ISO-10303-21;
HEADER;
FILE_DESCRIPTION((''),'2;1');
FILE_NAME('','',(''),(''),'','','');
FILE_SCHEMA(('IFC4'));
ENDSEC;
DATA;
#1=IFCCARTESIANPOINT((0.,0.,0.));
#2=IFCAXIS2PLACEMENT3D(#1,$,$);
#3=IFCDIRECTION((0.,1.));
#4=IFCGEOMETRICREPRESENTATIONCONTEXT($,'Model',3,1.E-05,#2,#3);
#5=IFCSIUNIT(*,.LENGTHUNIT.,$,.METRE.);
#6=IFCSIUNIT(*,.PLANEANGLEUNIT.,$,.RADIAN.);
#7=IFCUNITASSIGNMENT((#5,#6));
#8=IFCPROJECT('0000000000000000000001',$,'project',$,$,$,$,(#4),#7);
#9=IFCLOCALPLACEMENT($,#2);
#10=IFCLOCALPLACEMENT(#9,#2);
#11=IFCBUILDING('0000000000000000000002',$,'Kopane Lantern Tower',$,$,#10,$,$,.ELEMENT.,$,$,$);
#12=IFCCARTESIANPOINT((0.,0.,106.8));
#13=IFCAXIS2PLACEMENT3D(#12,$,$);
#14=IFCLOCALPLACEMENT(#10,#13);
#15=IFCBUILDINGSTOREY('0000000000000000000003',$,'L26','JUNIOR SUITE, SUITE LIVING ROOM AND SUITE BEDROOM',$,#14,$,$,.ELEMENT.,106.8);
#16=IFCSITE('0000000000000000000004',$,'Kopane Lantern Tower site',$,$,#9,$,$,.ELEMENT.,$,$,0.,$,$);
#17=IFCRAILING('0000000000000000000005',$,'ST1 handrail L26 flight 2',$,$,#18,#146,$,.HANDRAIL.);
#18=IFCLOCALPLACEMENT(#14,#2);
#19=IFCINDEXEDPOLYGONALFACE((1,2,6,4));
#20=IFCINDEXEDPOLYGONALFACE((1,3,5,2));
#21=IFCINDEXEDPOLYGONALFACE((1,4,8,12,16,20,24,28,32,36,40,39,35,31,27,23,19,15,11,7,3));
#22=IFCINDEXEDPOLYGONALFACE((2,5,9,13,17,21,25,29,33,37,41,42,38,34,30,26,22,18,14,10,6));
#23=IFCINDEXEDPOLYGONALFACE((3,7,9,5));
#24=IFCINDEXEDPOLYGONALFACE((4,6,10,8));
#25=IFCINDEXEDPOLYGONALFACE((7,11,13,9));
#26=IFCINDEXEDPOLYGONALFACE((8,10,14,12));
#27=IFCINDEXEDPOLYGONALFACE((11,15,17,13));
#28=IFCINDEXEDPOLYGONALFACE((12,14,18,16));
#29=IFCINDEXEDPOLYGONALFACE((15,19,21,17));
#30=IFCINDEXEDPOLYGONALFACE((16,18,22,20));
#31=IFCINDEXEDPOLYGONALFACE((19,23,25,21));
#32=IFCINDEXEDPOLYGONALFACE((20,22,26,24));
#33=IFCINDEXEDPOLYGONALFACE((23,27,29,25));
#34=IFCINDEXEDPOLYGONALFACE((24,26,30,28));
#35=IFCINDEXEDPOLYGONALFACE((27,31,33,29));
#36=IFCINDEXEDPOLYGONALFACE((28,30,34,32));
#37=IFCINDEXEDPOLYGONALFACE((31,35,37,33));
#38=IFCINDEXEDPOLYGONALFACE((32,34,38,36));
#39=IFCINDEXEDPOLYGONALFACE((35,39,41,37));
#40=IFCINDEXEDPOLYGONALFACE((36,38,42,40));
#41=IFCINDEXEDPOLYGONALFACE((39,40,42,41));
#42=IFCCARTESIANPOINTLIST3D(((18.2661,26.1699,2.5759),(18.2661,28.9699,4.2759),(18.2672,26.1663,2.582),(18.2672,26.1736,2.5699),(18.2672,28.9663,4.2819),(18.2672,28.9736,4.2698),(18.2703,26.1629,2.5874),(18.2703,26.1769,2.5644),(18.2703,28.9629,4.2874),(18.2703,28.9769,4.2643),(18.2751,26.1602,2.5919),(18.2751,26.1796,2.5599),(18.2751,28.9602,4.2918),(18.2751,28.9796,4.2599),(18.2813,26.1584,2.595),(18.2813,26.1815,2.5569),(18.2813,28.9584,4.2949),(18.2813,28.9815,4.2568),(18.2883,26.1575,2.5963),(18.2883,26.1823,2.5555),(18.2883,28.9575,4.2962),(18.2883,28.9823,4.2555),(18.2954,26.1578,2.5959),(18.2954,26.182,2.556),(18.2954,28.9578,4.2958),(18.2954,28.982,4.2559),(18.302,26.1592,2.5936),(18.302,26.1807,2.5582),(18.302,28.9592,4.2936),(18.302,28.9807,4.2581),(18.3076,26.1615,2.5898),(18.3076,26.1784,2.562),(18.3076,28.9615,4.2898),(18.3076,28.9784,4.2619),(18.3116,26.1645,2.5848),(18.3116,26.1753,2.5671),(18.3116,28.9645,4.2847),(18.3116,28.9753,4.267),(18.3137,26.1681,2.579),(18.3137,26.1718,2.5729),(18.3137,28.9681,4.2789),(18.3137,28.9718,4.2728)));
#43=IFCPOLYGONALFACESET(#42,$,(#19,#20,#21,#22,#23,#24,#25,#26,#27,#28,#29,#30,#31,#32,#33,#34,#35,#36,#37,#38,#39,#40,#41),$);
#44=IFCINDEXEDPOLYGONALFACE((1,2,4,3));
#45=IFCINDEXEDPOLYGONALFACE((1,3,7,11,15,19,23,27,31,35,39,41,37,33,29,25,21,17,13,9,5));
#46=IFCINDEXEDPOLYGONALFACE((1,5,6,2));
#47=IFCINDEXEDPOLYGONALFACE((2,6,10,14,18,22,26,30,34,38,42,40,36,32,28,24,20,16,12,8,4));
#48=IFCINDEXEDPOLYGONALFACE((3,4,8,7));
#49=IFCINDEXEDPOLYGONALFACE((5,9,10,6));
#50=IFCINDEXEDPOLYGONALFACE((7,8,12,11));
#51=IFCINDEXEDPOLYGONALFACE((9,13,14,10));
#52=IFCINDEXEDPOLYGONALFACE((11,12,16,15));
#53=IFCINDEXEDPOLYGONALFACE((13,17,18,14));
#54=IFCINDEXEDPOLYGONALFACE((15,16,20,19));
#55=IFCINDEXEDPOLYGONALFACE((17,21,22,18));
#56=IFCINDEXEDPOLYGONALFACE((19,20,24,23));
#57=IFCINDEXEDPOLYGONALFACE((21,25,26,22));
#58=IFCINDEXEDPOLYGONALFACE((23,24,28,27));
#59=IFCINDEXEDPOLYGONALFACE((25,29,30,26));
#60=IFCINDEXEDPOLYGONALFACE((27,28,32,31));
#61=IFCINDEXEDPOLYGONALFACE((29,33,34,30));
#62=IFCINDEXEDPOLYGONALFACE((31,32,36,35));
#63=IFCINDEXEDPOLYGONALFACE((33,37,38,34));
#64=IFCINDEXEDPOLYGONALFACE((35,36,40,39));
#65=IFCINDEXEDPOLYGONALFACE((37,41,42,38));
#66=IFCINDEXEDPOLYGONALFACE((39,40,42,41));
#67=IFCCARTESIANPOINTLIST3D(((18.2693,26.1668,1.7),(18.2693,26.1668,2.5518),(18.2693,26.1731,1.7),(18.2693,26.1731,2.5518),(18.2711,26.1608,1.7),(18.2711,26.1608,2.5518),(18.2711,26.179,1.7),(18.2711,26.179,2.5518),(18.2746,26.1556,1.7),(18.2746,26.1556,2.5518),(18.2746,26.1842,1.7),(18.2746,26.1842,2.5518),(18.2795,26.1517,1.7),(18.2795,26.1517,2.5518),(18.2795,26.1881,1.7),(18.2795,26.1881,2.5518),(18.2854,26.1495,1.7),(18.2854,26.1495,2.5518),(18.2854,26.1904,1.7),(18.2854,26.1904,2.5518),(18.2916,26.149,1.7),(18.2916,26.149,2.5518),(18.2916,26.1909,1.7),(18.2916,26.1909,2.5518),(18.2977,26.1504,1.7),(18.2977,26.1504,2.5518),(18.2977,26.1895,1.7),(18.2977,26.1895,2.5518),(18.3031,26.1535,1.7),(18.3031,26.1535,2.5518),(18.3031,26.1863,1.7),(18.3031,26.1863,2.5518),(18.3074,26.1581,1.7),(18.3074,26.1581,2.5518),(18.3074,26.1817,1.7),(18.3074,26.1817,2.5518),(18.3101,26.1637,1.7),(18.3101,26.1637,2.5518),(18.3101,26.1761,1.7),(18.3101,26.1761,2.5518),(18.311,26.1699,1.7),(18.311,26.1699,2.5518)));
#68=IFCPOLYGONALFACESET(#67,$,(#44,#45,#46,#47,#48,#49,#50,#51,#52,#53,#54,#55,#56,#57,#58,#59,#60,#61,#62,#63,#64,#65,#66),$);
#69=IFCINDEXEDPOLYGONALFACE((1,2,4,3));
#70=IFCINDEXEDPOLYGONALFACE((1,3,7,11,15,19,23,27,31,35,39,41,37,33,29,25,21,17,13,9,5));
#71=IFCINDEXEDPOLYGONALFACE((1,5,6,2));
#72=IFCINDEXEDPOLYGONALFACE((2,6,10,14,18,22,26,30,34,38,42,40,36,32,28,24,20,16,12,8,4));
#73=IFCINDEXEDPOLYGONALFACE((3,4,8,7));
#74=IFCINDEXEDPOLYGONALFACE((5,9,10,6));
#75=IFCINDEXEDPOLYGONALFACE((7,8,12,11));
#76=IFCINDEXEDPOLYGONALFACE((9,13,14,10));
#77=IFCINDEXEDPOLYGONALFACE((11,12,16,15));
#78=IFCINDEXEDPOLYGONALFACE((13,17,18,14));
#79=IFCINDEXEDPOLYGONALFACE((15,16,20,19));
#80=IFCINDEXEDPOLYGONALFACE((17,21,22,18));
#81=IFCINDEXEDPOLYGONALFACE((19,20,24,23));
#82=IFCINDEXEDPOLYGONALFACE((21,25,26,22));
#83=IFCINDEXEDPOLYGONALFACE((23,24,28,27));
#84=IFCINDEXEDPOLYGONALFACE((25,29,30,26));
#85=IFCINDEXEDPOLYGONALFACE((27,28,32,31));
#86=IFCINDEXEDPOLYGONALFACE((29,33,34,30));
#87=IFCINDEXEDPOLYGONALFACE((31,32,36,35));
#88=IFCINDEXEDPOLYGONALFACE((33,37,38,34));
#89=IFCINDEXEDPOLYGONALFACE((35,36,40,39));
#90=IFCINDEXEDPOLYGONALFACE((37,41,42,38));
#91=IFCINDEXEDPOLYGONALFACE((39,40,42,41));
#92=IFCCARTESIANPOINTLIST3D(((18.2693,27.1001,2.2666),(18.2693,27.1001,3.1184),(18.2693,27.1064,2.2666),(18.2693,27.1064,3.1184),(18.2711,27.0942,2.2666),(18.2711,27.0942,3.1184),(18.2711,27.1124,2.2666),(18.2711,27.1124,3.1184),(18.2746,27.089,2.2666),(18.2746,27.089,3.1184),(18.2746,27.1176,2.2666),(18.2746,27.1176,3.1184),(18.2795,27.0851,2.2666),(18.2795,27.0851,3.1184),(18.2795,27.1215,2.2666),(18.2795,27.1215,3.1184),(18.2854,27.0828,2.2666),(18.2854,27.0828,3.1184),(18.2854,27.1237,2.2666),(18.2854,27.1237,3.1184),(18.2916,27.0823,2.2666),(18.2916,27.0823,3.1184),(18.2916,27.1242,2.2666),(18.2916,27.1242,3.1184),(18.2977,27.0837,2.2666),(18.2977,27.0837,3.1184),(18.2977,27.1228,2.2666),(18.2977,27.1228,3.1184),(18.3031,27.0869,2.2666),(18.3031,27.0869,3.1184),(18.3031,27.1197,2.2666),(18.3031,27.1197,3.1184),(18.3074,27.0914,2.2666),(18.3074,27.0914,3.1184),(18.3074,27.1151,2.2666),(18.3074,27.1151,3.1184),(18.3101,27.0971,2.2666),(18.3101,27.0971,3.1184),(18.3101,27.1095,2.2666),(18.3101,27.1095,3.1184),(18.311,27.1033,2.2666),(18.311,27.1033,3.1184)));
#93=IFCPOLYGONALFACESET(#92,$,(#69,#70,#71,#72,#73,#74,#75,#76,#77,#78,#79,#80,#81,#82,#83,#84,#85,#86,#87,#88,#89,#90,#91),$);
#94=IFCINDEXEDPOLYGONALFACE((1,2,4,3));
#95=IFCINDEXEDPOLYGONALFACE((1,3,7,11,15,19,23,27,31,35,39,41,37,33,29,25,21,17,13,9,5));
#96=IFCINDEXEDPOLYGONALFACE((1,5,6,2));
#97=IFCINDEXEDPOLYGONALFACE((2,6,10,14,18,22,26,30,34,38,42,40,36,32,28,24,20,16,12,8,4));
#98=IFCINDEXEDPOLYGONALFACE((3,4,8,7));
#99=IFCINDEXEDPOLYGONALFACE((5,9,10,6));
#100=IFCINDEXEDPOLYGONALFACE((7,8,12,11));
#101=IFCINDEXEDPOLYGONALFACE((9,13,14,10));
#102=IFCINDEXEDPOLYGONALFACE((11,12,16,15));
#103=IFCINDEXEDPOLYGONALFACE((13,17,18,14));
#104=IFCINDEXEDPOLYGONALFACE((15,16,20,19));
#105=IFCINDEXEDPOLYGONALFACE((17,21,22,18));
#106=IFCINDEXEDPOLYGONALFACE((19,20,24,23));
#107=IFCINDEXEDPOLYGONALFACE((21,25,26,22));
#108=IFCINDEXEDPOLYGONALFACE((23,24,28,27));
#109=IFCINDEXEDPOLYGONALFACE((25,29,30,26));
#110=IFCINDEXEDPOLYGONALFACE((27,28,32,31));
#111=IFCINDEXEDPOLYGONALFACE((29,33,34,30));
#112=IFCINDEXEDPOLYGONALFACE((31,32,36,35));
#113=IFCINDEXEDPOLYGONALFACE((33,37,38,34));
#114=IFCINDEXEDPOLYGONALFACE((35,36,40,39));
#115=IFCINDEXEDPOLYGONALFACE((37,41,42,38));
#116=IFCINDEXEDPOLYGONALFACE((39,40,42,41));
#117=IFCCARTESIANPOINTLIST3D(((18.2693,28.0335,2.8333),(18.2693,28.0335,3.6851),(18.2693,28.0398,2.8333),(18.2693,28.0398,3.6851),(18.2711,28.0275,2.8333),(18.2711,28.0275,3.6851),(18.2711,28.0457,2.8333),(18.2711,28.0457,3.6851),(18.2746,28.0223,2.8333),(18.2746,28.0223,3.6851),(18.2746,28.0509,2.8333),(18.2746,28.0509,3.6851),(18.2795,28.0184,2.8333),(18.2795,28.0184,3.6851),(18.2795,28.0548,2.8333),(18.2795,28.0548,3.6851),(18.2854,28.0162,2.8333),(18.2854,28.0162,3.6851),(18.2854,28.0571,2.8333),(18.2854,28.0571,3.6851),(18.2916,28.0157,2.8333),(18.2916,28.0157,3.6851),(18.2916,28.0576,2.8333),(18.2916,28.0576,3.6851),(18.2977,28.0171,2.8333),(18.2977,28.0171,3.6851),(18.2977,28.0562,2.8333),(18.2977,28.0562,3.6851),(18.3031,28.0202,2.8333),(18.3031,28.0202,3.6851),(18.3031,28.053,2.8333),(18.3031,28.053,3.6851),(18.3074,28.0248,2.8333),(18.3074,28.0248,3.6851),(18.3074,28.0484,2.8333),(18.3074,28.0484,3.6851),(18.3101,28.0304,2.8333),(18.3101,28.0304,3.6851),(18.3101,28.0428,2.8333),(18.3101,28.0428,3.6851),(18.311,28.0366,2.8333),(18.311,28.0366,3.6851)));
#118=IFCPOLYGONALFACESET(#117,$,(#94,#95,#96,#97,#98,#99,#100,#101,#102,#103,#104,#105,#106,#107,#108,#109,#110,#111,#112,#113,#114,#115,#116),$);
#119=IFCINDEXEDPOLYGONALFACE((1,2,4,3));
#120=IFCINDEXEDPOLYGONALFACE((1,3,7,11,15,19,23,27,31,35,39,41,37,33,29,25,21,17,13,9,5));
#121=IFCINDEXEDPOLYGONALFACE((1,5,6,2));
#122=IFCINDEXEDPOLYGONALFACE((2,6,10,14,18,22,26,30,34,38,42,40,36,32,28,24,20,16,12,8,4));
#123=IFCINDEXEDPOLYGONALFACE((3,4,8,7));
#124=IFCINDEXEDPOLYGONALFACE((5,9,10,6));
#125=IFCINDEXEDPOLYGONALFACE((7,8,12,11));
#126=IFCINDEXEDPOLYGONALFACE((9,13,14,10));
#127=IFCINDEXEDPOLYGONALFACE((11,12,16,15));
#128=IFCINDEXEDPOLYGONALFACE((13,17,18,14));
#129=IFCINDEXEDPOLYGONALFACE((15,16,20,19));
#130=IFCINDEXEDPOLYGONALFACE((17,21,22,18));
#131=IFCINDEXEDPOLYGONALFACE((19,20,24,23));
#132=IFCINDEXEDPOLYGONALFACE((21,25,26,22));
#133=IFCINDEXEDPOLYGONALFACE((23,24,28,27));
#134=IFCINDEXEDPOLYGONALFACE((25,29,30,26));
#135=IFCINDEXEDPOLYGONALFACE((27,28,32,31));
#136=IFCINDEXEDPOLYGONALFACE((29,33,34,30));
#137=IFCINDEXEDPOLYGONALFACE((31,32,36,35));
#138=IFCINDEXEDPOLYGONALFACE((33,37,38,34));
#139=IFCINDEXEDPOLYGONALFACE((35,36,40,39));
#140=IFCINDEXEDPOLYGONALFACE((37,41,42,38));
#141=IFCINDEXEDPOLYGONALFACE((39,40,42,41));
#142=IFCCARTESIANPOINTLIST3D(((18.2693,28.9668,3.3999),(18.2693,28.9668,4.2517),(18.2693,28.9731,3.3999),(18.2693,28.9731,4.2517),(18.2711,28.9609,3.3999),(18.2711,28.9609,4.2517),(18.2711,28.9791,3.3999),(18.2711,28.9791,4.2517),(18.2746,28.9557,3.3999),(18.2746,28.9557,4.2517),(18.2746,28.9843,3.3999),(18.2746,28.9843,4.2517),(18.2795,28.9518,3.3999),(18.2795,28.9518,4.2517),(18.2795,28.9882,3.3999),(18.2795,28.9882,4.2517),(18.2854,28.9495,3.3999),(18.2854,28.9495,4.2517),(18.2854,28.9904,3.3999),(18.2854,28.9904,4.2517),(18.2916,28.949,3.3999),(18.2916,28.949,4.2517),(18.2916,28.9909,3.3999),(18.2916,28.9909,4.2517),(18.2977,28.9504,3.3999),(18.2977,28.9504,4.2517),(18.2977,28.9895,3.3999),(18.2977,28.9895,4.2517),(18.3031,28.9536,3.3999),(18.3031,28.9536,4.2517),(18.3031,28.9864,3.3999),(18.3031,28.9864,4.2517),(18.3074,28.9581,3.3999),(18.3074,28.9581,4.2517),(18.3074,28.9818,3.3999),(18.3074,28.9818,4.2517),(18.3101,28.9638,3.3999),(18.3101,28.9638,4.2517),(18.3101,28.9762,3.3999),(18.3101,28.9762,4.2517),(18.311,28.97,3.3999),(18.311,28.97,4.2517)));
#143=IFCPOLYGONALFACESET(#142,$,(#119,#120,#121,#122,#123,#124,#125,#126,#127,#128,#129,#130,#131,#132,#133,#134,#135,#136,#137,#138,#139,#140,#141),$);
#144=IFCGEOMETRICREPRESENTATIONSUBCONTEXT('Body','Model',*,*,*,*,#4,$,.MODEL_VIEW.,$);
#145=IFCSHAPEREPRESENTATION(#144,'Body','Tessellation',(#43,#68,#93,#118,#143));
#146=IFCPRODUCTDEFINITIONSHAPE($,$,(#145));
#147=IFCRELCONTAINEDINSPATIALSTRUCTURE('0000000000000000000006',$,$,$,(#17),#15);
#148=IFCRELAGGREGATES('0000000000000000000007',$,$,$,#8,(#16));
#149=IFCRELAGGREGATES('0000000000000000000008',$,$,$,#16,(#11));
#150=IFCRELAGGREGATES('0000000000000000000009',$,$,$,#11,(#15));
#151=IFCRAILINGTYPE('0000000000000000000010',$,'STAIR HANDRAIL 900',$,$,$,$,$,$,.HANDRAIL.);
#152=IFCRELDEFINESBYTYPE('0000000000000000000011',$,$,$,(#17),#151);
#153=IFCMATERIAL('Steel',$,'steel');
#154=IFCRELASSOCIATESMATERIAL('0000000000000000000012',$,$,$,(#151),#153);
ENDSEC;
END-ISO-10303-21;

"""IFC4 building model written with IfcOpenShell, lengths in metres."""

from ifc_helpers import new_model, si_unit, direction, frame, origin, origin_2d, place, context, subcontext, project, spatial, circle, extrude, material, type_object, element, save


model = new_model("IFC4")

# Units and contexts
model_context = context("Model", 3, precision=1e-05, world=origin(), true_north=direction((0.0, 1.0)))
body_context = subcontext(model_context, "Body", "Model", "MODEL_VIEW")
ifc_project = project(units=[si_unit("LENGTHUNIT", "METRE"), si_unit("PLANEANGLEUNIT", "RADIAN")], contexts=[model_context])

# Site, building, storey
site_placement = place(None, origin())
site = spatial("IfcSite", under=ifc_project, at=site_placement, Name="Kopane Lantern Tower site", CompositionType="ELEMENT", RefElevation=0.0)
building_placement = place(site_placement, origin())
building = spatial("IfcBuilding", under=site, at=building_placement, Name="Kopane Lantern Tower", CompositionType="ELEMENT")
storey_placement = place(building_placement, frame((0.0, 0.0, 106.8)))
storey = spatial("IfcBuildingStorey", under=building, at=storey_placement, Name="L26", Description="JUNIOR SUITE, SUITE LIVING ROOM AND SUITE BEDROOM", CompositionType="ELEMENT", Elevation=106.8)

# Railing
ifc_material_1 = material(Name="Steel", Category="steel")
railing_type = type_object("IfcRailingType", Name="STAIR HANDRAIL 900", PredefinedType="HANDRAIL", material=ifc_material_1)
for number, where, name in (
    (1, (18.29, 26.1699, 1.7), "ST1 handrail L26 flight 2"),
):
    element("IfcRailing", number, at=place(storey_placement, frame(where)), inside=storey, type_object=railing_type, Name=name, PredefinedType="HANDRAIL", context=body_context, shape_type="SweptSolid", body=[
        extrude(circle(Radius=0.0239, at=origin_2d()), frame((0.0, 0.0, 0.876), z_axis=(0.0, 0.854798, 0.518961), x_axis=(-1.0, 0.0, 0.0)), (0.0, 0.0, 1.0), 3.2756),
        extrude(circle(Radius=0.021, at=origin_2d()), origin(), (0.0, 0.0, 1.0), 0.8518),
        extrude(circle(Radius=0.021, at=origin_2d()), frame((0.0, 0.9333, 0.5667)), (0.0, 0.0, 1.0), 0.8518),
        extrude(circle(Radius=0.021, at=origin_2d()), frame((0.0, 1.8667, 1.1333)), (0.0, 0.0, 1.0), 0.8518),
        extrude(circle(Radius=0.021, at=origin_2d()), frame((0.0, 2.8, 1.7)), (0.0, 0.0, 1.0), 0.8518),
    ])

save(model, "model.ifc")
